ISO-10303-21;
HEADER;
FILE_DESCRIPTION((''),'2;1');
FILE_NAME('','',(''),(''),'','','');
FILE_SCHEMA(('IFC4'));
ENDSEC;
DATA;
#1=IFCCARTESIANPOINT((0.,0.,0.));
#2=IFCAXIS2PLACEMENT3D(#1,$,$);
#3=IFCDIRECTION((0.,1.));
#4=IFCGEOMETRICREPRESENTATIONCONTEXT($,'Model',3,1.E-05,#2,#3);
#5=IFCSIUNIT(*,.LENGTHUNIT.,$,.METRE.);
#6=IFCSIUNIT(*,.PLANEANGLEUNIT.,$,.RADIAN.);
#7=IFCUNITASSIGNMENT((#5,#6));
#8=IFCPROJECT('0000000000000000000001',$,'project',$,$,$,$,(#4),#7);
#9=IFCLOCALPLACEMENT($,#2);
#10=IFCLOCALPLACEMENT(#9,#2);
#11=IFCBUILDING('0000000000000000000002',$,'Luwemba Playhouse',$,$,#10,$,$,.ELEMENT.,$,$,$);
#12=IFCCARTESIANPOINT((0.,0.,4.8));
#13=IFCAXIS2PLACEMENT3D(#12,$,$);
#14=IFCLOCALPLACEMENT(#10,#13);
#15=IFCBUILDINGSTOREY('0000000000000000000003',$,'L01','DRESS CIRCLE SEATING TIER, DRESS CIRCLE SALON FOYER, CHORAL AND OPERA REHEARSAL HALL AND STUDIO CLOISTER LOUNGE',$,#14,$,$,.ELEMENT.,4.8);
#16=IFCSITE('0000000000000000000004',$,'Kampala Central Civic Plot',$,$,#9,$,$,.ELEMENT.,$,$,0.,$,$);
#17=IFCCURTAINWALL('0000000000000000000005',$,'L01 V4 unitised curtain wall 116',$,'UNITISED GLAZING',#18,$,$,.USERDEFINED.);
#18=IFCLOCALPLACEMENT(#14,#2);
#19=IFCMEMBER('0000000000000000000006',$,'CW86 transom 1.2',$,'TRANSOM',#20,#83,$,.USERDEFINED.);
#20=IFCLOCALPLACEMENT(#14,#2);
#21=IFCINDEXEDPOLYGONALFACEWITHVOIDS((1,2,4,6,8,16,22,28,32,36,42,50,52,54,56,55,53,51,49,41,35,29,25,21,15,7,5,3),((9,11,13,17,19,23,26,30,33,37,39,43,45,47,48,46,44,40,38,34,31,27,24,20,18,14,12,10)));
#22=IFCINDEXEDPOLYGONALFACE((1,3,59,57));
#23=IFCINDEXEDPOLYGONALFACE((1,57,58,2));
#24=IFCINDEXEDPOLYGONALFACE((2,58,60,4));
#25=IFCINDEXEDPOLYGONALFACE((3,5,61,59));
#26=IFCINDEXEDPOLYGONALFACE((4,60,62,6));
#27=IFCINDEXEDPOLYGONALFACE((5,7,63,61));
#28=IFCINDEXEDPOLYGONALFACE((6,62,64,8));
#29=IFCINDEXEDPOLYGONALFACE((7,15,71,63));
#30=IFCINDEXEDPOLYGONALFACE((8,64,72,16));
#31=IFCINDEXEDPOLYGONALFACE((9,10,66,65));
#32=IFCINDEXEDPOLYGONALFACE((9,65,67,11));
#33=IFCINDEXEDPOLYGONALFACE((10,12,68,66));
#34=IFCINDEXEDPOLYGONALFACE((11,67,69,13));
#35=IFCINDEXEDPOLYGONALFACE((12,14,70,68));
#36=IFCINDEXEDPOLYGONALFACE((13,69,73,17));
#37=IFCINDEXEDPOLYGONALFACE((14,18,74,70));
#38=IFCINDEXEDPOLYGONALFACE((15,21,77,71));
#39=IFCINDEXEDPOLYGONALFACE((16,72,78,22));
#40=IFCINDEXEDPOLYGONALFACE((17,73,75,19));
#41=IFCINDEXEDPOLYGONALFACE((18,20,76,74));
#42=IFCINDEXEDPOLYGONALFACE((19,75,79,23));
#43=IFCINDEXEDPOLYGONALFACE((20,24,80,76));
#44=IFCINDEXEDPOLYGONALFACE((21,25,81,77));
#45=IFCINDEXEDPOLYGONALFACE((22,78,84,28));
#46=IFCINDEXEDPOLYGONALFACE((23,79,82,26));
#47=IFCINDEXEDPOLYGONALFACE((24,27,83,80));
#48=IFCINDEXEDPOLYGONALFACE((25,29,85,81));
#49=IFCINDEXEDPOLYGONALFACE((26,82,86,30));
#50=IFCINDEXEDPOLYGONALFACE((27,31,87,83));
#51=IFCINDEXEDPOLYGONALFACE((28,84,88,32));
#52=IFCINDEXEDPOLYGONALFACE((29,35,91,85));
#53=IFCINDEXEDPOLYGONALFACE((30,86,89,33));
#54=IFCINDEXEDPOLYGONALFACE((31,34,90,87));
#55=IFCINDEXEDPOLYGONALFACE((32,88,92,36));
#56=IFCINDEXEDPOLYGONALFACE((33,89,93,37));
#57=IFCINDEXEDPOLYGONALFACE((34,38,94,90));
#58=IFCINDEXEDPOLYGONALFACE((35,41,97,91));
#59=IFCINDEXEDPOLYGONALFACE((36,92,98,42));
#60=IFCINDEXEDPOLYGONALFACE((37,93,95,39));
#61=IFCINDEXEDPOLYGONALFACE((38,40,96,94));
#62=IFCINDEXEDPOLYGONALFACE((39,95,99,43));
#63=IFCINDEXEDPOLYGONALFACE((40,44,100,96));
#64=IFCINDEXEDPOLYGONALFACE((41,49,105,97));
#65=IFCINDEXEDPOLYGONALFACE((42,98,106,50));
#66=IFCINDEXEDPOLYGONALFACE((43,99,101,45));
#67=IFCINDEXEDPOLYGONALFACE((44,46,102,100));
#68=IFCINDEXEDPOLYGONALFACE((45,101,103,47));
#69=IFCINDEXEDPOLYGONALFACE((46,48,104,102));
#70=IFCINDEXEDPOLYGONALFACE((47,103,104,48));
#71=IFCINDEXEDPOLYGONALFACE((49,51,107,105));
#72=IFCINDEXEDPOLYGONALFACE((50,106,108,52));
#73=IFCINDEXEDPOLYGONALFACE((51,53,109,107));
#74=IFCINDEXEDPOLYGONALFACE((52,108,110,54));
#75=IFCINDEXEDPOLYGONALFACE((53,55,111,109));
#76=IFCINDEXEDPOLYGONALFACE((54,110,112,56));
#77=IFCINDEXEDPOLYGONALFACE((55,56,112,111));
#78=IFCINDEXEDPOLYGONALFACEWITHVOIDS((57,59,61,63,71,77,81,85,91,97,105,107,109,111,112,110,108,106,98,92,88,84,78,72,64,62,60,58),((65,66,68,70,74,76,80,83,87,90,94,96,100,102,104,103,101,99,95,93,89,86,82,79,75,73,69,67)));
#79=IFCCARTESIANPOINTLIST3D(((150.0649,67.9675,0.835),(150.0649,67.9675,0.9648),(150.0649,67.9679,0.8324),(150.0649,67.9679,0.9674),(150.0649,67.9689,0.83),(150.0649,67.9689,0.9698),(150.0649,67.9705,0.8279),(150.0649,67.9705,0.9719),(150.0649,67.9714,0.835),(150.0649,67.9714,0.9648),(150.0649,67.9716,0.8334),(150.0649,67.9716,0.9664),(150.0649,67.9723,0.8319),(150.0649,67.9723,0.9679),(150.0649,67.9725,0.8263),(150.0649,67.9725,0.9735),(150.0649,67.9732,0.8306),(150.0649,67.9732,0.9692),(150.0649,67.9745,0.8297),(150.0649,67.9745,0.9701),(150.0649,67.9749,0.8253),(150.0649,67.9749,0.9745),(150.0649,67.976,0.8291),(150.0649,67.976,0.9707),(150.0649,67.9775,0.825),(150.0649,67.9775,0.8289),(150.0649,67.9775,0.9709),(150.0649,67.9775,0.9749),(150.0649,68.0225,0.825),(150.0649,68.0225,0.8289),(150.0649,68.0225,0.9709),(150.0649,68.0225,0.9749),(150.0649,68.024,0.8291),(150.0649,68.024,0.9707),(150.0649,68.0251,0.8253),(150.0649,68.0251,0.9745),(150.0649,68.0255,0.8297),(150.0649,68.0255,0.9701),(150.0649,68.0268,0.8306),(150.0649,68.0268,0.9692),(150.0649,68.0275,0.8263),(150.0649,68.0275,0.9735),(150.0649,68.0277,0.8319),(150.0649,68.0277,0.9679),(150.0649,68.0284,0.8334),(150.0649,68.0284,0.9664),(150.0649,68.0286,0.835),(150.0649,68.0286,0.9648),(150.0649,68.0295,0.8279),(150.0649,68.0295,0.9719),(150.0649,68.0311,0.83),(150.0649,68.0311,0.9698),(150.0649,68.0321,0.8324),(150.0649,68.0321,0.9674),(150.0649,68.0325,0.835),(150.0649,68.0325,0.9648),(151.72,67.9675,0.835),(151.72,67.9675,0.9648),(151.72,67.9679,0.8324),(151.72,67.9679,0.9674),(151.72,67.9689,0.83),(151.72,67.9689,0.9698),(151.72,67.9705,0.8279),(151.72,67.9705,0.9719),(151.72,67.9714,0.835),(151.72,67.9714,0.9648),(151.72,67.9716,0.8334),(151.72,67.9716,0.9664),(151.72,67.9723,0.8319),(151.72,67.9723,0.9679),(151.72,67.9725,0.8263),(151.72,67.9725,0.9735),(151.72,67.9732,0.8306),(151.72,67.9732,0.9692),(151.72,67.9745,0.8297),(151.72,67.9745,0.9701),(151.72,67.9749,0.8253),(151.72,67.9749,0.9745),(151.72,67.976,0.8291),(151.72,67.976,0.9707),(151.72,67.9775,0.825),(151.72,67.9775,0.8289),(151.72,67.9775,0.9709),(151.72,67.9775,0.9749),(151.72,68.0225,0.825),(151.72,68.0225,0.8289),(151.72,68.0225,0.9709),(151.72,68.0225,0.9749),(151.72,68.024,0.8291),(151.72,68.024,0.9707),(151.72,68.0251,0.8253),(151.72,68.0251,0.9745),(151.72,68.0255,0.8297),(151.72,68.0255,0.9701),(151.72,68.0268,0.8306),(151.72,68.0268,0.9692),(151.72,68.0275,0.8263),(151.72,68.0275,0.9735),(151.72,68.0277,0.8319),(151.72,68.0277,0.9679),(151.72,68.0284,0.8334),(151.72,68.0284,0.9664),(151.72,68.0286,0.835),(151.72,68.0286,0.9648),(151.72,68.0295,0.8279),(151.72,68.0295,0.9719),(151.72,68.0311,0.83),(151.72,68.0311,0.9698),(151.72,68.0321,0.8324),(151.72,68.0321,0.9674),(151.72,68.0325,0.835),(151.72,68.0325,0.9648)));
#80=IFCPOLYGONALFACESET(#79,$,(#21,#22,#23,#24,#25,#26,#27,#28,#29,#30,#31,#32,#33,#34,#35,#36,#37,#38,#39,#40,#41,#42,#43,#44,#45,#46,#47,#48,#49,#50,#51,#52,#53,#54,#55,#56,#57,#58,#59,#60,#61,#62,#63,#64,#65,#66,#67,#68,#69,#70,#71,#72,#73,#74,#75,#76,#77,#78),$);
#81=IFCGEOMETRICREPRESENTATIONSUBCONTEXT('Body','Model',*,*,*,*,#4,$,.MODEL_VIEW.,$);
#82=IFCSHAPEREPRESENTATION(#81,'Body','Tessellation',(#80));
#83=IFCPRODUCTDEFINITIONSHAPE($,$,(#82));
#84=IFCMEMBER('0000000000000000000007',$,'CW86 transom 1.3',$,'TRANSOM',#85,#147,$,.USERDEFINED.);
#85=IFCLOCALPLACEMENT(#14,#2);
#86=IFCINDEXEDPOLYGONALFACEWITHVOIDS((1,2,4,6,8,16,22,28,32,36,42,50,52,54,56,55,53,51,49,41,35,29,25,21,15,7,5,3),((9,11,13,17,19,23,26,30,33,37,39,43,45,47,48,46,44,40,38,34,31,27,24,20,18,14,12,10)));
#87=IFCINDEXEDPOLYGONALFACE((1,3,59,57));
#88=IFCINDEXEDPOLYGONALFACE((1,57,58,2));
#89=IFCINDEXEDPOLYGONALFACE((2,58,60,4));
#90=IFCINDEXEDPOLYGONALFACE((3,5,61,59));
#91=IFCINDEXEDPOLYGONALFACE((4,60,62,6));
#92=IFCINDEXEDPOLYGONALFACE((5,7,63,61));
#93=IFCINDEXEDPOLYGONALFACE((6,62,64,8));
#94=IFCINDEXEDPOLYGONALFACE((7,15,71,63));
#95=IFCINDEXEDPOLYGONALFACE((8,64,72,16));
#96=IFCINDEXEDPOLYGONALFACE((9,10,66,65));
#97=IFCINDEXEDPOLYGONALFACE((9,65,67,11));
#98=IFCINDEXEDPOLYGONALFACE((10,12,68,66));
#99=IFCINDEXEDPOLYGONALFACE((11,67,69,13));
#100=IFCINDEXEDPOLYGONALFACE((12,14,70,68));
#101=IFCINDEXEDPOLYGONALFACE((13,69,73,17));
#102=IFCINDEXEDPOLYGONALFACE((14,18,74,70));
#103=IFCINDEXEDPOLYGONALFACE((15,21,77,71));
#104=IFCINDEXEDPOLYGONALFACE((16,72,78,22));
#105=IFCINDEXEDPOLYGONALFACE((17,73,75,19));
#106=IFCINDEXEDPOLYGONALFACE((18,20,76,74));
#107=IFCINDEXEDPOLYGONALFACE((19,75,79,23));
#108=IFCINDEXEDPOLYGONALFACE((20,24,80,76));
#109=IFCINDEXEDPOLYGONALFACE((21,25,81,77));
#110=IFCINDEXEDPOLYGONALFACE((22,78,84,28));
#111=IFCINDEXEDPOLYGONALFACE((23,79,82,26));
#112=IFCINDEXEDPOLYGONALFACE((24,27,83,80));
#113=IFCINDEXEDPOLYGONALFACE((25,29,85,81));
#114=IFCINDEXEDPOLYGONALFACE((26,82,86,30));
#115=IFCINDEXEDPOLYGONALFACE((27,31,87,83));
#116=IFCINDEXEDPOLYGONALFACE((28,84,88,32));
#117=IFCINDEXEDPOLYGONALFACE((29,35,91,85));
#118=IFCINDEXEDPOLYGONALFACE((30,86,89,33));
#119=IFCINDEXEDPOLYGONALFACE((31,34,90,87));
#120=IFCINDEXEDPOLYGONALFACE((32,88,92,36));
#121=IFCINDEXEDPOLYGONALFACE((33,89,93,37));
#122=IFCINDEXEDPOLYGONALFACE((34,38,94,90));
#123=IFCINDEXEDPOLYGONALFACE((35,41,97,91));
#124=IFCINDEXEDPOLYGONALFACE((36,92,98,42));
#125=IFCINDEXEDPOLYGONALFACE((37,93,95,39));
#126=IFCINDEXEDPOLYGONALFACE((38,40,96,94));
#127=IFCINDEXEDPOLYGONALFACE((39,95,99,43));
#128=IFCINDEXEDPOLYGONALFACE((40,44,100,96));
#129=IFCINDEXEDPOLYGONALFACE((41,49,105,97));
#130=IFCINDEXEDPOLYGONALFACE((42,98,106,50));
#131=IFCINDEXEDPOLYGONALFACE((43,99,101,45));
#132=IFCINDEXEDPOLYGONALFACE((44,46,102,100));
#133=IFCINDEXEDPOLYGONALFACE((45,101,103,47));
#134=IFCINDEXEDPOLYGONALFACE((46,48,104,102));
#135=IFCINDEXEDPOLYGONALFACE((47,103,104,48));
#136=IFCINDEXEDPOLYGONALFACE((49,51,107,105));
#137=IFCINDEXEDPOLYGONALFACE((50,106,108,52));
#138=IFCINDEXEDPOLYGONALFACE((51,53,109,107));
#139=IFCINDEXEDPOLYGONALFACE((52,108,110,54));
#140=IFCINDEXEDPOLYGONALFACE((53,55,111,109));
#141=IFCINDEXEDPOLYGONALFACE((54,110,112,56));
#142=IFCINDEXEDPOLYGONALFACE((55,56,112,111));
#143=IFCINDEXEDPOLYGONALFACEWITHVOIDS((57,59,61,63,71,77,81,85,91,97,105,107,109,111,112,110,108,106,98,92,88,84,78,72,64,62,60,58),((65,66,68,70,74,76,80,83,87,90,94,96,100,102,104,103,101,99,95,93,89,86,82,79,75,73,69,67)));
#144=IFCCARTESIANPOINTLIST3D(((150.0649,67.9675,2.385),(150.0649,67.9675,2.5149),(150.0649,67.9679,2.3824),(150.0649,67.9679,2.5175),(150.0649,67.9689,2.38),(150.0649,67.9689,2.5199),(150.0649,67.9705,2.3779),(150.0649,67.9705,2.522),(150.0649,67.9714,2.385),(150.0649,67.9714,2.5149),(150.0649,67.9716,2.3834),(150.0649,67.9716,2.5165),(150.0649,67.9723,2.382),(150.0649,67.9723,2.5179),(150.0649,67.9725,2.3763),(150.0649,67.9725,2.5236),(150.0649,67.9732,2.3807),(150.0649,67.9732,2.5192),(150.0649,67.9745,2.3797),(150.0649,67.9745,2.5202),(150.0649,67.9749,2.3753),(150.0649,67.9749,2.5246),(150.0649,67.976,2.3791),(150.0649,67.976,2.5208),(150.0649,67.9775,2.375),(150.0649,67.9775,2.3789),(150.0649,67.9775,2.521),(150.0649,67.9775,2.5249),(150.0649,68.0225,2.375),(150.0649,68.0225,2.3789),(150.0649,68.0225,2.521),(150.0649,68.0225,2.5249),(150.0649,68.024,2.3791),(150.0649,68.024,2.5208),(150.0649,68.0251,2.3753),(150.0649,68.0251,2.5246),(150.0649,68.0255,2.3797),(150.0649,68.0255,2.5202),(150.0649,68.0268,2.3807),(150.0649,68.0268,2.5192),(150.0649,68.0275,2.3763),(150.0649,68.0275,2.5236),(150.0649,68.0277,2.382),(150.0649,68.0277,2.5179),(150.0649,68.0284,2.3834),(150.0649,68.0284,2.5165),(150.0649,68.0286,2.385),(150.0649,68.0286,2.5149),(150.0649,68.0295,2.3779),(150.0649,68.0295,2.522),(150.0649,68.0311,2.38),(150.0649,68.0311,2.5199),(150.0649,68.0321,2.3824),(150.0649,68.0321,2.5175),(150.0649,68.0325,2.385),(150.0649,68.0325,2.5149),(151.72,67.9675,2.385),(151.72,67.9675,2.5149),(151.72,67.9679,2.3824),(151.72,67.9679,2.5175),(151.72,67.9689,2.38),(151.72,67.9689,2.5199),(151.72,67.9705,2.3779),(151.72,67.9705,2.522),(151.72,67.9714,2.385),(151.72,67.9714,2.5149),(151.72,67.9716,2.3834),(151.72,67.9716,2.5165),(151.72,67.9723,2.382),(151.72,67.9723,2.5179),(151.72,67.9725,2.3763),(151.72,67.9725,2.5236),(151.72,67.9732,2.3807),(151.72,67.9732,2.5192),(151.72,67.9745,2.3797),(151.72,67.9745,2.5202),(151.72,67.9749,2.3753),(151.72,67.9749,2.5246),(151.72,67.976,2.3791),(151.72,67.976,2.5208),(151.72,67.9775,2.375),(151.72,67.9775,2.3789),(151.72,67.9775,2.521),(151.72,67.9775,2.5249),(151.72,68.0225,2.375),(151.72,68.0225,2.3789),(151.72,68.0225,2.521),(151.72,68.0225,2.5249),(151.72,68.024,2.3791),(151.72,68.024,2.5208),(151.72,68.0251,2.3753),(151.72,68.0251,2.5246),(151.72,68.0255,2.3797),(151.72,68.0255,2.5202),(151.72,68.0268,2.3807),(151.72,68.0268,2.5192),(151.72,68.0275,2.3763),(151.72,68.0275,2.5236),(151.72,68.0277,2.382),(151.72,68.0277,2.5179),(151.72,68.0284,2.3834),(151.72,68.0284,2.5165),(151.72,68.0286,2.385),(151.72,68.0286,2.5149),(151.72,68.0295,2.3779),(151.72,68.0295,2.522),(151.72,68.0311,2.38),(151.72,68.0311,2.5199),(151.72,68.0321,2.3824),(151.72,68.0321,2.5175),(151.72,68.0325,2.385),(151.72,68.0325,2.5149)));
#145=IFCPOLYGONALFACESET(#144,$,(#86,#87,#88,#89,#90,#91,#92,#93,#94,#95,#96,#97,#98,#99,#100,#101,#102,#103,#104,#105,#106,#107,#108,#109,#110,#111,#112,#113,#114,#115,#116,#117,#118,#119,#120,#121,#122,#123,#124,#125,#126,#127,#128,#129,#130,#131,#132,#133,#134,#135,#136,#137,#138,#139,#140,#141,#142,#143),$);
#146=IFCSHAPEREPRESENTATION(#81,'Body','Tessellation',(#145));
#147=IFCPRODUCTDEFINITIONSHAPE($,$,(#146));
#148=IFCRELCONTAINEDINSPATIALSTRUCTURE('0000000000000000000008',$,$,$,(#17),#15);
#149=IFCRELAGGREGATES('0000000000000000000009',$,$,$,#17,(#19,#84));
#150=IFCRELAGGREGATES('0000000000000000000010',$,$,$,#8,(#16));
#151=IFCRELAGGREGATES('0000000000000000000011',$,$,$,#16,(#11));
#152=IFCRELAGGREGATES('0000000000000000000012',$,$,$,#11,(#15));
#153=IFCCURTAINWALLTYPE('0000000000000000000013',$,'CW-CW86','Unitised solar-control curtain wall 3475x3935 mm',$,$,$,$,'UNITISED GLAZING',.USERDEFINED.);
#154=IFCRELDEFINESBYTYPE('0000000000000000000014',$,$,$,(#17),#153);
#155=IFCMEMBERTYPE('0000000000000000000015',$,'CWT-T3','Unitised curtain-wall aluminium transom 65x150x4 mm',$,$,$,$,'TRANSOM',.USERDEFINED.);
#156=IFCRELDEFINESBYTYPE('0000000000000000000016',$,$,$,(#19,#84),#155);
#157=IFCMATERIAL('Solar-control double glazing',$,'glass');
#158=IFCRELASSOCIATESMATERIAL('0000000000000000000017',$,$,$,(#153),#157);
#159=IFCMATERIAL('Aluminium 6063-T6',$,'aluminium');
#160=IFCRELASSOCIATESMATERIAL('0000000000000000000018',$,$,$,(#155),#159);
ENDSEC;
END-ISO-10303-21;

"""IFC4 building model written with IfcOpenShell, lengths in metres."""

from ifc_helpers import new_model, si_unit, direction, frame, origin, origin_2d, place, context, subcontext, project, spatial, hollow_rectangle, extrude, material, material_profile, profile_set, type_object, element, aggregate, save


model = new_model("IFC4")

# Units and contexts
model_context = context("Model", 3, precision=1e-05, world=origin(), true_north=direction((0.0, 1.0)))
body_context = subcontext(model_context, "Body", "Model", "MODEL_VIEW")
ifc_project = project(units=[si_unit("LENGTHUNIT", "METRE"), si_unit("PLANEANGLEUNIT", "RADIAN")], contexts=[model_context])

# Site, building, storey
site_placement = place(None, origin())
site = spatial("IfcSite", under=ifc_project, at=site_placement, Name="Kampala Central Civic Plot", CompositionType="ELEMENT", RefElevation=0.0)
building_placement = place(site_placement, origin())
building = spatial("IfcBuilding", under=site, at=building_placement, Name="Luwemba Playhouse", CompositionType="ELEMENT")
storey_placement = place(building_placement, frame((0.0, 0.0, 4.8)))
storey = spatial("IfcBuildingStorey", under=building, at=storey_placement, Name="L01", Description="DRESS CIRCLE SEATING TIER, DRESS CIRCLE SALON FOYER, CHORAL AND OPERA REHEARSAL HALL AND STUDIO CLOISTER LOUNGE", CompositionType="ELEMENT", Elevation=4.8)

# Curtain wall, members
ifc_material_1 = material(Name="Solar-control double glazing", Category="glass")
curtain_wall_type = type_object("IfcCurtainWallType", Name="CW-CW86", Description="Unitised solar-control curtain wall 3475x3935 mm", ElementType="UNITISED GLAZING", PredefinedType="USERDEFINED", material=ifc_material_1)
curtain_wall_placement = place(storey_placement, origin())
curtain_wall = element("IfcCurtainWall", 1, at=curtain_wall_placement, inside=storey, type_object=curtain_wall_type, Name="L01 V4 unitised curtain wall 116", ObjectType="UNITISED GLAZING", PredefinedType="USERDEFINED")
ifc_material_2 = material(Name="Aluminium 6063-T6", Category="aluminium")
ifc_material_profile_1 = material_profile(ifc_material_2, hollow_rectangle(XDim=0.0649, YDim=0.1499, WallThickness=0.0039, InnerFilletRadius=0.0061, OuterFilletRadius=0.01, at=origin_2d()))
ifc_profile_set_1 = profile_set([ifc_material_profile_1], Name="Aluminium 6063-T6")
member_type_1 = type_object("IfcMemberType", Name="CWT-T3", Description="Unitised curtain-wall aluminium transom 65x150x4 mm", ElementType="TRANSOM", PredefinedType="USERDEFINED", material=ifc_profile_set_1)
member_1_placement = place(storey_placement, frame((151.72, 68.0, 0.8999), z_axis=(-1.0, 0.0, 0.0), x_axis=(0.0, -1.0, 0.0)))
member_1 = element("IfcMember", 2, at=member_1_placement, type_object=member_type_1, Name="CW86 transom 1.2", ObjectType="TRANSOM", PredefinedType="USERDEFINED", context=body_context, shape_type="SweptSolid", body=[
    extrude(hollow_rectangle(XDim=0.0649, YDim=0.1499, WallThickness=0.0039, InnerFilletRadius=0.0061, OuterFilletRadius=0.01, at=origin_2d()), origin(), (0.0, 0.0, 1.0), 1.655),
])
member_2_placement = place(storey_placement, frame((151.72, 68.0, 2.45), z_axis=(-1.0, 0.0, 0.0), x_axis=(0.0, -1.0, 0.0)))
member_2 = element("IfcMember", 3, at=member_2_placement, type_object=member_type_1, Name="CW86 transom 1.3", ObjectType="TRANSOM", PredefinedType="USERDEFINED", context=body_context, shape_type="SweptSolid", body=[
    extrude(hollow_rectangle(XDim=0.0649, YDim=0.1499, WallThickness=0.0039, InnerFilletRadius=0.0061, OuterFilletRadius=0.01, at=origin_2d()), origin(), (0.0, 0.0, 1.0), 1.655),
])
aggregate(curtain_wall, [member_1, member_2])

save(model, "model.ifc")
